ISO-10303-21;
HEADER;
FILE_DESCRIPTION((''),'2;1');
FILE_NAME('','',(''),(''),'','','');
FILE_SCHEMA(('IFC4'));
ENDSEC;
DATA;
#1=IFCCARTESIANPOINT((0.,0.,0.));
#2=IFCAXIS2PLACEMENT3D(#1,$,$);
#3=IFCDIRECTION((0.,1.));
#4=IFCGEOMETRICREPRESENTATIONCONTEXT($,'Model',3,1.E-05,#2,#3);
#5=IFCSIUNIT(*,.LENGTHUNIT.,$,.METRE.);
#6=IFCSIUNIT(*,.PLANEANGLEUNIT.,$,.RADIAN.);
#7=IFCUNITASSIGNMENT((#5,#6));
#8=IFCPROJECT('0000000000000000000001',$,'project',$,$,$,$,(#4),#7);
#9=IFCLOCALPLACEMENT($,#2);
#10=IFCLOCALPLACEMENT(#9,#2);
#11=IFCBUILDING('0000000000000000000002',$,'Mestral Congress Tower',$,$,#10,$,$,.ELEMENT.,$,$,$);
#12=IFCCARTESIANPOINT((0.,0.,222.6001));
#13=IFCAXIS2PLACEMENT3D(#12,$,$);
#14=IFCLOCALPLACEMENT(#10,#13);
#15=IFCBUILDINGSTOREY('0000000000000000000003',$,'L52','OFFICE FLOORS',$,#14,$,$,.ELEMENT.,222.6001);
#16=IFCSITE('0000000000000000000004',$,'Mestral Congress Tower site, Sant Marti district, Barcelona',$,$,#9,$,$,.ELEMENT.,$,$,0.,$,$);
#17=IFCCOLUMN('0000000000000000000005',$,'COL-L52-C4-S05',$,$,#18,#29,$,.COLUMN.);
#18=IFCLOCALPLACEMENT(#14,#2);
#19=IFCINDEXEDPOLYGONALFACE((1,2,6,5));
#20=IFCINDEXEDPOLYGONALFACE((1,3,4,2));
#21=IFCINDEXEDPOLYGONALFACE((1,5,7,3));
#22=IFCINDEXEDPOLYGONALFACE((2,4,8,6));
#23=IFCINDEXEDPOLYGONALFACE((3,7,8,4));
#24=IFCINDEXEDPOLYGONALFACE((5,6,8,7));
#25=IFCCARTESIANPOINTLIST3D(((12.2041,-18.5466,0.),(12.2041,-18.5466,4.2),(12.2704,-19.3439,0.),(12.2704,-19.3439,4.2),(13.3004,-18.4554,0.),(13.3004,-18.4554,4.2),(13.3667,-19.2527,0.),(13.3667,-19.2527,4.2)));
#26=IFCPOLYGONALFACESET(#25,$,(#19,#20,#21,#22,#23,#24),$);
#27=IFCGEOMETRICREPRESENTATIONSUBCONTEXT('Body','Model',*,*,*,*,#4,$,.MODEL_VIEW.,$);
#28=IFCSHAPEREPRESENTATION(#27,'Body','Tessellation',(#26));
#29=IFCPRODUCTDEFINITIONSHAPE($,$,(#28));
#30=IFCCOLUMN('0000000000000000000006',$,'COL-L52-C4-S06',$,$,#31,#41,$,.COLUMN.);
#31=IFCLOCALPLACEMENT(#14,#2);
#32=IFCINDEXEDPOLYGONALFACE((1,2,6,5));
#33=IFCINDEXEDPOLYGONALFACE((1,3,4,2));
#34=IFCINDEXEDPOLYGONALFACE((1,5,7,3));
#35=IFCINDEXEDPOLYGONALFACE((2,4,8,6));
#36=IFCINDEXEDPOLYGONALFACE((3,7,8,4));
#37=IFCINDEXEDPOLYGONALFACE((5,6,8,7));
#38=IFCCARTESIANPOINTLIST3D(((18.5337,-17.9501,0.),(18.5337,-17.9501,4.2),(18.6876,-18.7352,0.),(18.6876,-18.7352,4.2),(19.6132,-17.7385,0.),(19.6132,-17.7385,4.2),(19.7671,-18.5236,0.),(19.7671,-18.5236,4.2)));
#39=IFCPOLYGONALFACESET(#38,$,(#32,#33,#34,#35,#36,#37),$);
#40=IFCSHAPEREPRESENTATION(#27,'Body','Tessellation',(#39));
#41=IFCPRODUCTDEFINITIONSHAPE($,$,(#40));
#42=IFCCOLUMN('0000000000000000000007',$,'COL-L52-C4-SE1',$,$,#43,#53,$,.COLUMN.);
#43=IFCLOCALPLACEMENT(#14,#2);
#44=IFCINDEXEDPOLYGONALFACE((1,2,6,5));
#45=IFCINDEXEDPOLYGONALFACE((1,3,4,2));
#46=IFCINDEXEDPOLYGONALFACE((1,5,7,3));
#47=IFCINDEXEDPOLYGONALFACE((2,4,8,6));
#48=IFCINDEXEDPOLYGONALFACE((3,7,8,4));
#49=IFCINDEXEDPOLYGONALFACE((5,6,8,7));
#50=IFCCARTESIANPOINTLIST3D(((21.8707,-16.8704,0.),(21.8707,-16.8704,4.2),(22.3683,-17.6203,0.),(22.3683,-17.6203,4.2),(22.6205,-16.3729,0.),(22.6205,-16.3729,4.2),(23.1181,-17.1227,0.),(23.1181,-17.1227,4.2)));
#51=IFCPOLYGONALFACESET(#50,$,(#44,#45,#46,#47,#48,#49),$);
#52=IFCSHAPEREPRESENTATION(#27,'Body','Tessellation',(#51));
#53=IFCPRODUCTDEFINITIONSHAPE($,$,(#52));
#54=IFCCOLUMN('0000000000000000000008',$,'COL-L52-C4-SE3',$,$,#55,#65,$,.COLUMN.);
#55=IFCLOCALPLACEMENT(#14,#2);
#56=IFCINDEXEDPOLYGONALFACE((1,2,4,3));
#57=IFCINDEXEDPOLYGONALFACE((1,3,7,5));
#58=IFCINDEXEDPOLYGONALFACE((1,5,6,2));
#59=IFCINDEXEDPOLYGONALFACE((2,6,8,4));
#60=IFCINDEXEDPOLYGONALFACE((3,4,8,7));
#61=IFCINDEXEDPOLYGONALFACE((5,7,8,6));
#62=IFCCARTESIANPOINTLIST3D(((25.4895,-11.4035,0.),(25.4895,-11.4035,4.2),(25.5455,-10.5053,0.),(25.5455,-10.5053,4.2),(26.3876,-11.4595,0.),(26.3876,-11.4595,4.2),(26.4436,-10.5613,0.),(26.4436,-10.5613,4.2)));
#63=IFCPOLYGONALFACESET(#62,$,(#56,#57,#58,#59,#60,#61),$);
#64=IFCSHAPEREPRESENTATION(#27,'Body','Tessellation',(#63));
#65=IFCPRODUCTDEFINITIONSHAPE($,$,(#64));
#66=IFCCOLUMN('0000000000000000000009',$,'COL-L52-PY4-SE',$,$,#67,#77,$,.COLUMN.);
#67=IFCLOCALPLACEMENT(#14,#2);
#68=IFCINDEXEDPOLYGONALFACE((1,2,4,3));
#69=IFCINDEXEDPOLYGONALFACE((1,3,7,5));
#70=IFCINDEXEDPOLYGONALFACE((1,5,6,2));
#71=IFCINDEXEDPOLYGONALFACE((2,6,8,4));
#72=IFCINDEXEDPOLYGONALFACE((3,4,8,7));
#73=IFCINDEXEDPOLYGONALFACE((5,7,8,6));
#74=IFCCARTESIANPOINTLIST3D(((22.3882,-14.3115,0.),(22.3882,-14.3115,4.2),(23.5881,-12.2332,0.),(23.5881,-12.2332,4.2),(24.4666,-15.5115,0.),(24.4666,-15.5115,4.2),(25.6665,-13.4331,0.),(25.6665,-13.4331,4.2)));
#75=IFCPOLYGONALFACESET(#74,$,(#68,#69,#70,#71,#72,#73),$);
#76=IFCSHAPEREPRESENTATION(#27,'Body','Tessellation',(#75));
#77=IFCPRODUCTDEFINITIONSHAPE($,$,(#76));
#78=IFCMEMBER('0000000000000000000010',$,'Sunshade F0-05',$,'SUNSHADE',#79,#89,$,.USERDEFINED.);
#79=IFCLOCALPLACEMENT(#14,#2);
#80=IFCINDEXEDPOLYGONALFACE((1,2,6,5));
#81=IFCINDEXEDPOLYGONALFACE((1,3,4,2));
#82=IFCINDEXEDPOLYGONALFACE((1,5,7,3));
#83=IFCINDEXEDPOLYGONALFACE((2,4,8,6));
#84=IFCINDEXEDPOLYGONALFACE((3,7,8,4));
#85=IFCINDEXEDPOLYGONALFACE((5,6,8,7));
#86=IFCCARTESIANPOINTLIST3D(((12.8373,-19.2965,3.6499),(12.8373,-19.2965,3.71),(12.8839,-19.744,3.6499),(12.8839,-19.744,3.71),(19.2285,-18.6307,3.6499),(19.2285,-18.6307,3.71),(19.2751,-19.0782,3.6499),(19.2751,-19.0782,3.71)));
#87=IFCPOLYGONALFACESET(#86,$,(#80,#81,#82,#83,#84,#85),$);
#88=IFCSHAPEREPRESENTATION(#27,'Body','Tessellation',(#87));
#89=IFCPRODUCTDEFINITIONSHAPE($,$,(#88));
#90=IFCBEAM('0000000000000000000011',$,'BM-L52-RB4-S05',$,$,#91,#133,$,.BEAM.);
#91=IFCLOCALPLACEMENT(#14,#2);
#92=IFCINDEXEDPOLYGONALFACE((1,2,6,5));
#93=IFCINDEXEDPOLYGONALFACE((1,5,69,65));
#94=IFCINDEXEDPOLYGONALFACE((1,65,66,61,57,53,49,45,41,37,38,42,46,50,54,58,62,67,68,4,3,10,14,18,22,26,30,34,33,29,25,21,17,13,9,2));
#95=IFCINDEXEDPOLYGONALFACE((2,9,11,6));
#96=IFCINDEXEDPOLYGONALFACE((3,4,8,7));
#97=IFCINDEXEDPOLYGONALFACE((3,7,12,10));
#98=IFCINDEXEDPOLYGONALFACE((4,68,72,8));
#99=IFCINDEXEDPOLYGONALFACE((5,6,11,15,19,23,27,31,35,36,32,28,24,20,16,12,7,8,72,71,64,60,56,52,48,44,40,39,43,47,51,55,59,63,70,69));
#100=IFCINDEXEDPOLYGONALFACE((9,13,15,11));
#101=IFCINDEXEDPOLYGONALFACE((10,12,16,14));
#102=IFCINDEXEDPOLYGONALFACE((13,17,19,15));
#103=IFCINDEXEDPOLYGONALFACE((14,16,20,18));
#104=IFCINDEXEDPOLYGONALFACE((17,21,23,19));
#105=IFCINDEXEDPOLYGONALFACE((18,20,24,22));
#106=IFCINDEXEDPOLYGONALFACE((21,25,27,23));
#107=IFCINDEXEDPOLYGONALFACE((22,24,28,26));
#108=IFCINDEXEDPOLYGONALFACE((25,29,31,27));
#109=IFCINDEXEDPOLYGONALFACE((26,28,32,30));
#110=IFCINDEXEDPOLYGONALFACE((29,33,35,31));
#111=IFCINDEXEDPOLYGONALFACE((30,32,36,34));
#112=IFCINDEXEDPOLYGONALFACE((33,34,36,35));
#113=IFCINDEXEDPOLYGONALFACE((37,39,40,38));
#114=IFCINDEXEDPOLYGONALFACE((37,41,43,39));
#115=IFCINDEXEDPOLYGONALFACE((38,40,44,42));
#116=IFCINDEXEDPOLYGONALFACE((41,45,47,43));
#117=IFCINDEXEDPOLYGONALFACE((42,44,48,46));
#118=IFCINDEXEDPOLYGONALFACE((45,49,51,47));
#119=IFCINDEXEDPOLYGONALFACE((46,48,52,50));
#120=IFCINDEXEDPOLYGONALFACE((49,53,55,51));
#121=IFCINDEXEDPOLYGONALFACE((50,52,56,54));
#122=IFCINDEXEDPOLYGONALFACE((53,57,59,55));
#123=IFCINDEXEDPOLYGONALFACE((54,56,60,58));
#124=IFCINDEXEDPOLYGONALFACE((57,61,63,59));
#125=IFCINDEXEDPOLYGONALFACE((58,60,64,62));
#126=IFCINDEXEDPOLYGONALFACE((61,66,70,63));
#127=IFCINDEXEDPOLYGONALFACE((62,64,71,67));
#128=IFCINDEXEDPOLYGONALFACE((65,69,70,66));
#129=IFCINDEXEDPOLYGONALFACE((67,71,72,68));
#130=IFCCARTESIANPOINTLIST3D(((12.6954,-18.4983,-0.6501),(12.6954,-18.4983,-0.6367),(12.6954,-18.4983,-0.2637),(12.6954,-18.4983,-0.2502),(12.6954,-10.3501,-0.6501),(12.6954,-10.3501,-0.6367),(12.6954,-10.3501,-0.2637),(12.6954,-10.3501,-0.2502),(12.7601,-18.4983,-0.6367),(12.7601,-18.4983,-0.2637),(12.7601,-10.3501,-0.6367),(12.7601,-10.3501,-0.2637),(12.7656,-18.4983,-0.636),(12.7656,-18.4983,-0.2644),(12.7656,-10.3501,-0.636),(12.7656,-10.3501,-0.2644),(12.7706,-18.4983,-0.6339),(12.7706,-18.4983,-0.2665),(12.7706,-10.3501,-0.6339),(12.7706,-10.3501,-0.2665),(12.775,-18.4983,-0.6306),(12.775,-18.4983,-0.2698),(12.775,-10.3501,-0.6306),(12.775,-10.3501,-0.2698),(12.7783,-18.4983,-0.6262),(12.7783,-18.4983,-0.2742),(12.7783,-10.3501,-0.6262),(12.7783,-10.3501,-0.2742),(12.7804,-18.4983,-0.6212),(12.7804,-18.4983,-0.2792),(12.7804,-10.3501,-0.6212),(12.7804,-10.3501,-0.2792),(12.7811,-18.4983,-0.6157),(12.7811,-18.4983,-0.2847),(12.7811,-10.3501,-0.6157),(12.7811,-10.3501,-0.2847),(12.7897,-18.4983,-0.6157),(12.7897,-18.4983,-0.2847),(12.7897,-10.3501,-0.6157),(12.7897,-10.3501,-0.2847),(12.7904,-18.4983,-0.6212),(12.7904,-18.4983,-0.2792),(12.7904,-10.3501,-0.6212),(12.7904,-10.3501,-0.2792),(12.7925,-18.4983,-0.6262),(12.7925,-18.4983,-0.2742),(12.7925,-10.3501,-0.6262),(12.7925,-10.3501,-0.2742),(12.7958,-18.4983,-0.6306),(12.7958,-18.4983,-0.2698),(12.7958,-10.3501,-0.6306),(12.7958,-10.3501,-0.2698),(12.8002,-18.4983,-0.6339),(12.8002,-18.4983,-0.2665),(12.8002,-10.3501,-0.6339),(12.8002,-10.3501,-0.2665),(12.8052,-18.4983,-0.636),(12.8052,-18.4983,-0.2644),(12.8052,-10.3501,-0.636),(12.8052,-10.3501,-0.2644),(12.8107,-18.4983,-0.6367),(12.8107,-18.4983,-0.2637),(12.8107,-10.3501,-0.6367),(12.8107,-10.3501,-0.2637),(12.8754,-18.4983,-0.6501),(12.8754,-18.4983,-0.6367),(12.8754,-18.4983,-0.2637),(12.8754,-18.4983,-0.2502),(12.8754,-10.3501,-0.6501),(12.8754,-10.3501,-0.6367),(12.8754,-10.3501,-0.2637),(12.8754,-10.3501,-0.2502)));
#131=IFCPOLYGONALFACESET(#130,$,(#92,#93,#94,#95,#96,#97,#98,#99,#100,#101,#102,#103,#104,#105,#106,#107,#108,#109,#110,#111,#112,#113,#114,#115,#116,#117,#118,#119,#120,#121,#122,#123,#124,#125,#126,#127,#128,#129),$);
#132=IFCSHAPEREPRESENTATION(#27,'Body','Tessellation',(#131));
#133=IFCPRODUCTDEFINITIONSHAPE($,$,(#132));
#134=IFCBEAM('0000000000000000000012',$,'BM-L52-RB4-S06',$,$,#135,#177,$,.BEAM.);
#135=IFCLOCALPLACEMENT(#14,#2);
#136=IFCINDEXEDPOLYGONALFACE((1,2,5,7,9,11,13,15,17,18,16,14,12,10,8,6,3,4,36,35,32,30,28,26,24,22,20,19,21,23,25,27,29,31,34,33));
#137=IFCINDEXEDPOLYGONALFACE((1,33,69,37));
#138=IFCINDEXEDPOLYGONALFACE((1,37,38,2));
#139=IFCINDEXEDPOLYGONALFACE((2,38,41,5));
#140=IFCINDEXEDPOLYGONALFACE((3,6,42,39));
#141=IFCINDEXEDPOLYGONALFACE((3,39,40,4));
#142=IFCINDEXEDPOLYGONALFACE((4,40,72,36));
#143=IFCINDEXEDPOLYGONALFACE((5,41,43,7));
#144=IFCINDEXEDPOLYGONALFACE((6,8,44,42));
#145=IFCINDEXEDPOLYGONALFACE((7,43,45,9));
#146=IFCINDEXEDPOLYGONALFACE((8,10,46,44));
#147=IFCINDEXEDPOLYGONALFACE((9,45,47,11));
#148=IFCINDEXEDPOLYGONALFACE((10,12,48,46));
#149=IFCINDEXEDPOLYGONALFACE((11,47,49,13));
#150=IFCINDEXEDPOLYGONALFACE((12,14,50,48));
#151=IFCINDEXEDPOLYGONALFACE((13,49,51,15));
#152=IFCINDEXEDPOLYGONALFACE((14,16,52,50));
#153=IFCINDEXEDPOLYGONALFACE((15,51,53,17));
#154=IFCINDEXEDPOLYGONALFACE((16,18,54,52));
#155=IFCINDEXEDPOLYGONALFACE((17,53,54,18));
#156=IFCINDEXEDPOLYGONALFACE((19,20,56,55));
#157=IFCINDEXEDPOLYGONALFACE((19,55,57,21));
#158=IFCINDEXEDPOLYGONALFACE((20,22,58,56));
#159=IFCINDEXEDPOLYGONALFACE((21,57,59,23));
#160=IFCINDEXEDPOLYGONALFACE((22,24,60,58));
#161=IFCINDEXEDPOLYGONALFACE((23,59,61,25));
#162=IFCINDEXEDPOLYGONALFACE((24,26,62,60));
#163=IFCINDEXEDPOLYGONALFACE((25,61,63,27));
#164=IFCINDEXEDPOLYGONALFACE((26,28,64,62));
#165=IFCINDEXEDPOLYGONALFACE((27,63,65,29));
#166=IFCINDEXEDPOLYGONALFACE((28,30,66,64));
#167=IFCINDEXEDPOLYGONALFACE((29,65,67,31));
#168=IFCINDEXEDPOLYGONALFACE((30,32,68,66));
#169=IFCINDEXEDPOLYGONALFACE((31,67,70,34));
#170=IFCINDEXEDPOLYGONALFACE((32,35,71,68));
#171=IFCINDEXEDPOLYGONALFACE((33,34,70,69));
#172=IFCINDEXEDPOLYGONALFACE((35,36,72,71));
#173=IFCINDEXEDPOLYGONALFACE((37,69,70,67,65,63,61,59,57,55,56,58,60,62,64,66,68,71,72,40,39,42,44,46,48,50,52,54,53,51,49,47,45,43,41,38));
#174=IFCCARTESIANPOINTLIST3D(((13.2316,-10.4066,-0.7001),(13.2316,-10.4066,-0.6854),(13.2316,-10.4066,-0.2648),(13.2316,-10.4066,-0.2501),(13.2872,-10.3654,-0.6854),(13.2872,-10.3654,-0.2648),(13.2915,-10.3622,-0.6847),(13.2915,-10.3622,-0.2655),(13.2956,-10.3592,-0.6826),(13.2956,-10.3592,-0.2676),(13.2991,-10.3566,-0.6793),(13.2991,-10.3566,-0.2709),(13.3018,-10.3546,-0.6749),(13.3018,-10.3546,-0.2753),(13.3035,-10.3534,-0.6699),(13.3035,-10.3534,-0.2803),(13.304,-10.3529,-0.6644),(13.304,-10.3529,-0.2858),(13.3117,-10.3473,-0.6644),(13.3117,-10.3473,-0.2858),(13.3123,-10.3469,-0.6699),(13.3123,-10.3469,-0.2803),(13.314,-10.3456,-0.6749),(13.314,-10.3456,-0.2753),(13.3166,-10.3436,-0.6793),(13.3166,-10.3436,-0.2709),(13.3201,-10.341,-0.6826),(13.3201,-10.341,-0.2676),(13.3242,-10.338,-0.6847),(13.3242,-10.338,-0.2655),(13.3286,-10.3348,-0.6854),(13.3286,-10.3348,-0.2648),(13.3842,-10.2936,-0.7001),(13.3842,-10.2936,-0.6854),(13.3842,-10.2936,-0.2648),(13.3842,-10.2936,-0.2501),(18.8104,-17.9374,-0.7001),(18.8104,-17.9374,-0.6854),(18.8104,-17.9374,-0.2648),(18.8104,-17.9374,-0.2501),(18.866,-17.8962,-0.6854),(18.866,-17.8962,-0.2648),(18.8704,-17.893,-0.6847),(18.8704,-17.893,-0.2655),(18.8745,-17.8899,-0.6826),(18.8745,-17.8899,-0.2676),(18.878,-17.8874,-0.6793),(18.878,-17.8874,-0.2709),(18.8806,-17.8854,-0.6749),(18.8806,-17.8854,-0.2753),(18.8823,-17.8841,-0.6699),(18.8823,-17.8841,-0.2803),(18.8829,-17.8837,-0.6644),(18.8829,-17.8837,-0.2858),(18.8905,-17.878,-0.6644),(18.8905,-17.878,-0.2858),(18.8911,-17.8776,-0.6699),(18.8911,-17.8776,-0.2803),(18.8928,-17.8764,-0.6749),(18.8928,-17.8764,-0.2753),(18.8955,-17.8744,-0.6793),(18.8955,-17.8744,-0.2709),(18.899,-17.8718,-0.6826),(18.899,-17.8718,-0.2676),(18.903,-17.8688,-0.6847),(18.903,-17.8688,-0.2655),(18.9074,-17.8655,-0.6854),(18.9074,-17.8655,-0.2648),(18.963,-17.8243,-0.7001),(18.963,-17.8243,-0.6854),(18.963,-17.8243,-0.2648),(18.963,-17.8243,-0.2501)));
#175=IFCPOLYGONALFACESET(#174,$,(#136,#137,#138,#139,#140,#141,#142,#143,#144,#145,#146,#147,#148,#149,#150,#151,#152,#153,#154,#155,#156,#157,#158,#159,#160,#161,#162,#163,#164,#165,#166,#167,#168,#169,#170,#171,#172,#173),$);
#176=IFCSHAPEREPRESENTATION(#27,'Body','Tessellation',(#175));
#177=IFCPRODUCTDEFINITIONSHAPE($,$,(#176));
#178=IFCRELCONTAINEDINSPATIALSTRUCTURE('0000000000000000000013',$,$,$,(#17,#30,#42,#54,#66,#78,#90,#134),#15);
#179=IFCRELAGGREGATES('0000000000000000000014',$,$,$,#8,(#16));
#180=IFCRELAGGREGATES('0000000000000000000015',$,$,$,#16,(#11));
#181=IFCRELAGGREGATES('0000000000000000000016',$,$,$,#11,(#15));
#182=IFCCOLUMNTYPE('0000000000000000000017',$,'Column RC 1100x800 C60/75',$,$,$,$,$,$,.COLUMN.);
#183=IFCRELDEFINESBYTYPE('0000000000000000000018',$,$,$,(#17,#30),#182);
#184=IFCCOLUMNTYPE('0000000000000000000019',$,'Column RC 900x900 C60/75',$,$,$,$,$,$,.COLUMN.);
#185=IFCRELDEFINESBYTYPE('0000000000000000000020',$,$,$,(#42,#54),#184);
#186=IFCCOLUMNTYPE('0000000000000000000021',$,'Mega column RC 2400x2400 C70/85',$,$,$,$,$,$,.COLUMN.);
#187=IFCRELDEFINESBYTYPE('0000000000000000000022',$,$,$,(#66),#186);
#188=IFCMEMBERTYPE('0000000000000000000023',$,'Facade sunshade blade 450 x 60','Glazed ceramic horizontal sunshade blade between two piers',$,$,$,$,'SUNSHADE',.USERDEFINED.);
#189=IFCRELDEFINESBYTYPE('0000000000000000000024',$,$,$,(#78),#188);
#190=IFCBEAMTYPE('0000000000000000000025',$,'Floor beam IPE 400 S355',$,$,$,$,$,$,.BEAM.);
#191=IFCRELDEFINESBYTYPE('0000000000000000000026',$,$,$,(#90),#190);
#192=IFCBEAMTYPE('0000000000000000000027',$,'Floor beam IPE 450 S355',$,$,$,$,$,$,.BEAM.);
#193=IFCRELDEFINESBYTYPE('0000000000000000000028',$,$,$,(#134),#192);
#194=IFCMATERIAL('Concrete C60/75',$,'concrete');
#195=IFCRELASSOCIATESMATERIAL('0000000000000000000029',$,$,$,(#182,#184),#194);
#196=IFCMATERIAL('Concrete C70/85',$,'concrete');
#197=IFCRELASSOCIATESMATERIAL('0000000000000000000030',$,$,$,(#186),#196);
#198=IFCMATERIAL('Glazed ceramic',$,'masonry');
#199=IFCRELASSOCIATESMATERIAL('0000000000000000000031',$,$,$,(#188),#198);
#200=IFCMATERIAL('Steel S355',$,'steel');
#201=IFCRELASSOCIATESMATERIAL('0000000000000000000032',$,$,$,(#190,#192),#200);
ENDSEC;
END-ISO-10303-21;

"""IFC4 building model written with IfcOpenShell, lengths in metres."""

from ifc_helpers import new_model, si_unit, direction, frame, origin, origin_2d, place, context, subcontext, project, spatial, rectangle, i_section, extrude, material, material_profile, profile_set, type_object, element, save


model = new_model("IFC4")

# Units and contexts
model_context = context("Model", 3, precision=1e-05, world=origin(), true_north=direction((0.0, 1.0)))
body_context = subcontext(model_context, "Body", "Model", "MODEL_VIEW")
ifc_project = project(units=[si_unit("LENGTHUNIT", "METRE"), si_unit("PLANEANGLEUNIT", "RADIAN")], contexts=[model_context])

# Site, building, storey
site_placement = place(None, origin())
site = spatial("IfcSite", under=ifc_project, at=site_placement, Name="Mestral Congress Tower site, Sant Marti district, Barcelona", CompositionType="ELEMENT", RefElevation=0.0)
building_placement = place(site_placement, origin())
building = spatial("IfcBuilding", under=site, at=building_placement, Name="Mestral Congress Tower", CompositionType="ELEMENT")
storey_placement = place(building_placement, frame((0.0, 0.0, 222.6001)))
storey = spatial("IfcBuildingStorey", under=building, at=storey_placement, Name="L52", Description="OFFICE FLOORS", CompositionType="ELEMENT", Elevation=222.6001)

# Columns
ifc_material_1 = material(Name="Concrete C60/75", Category="concrete")
ifc_material_profile_1 = material_profile(ifc_material_1, rectangle(XDim=1.1001, YDim=0.8, at=origin_2d()), Name="RC 1100x800")
ifc_profile_set_1 = profile_set([ifc_material_profile_1], Name="Concrete C60/75")
column_type_1 = type_object("IfcColumnType", Name="Column RC 1100x800 C60/75", PredefinedType="COLUMN", material=ifc_profile_set_1)
for number, where, z_axis, x_axis, name in (
    (1, (12.7854, -18.8997, 0.0), (0.0, 0.0, 1.0), (0.996557, 0.082914, 0.0), "COL-L52-C4-S05"),
    (2, (19.1504, -18.2368, 0.0), (0.0, 0.0, 1.0), (0.981325, 0.192359, 0.0), "COL-L52-C4-S06"),
):
    element("IfcColumn", number, at=place(storey_placement, frame(where, z_axis=z_axis, x_axis=x_axis)), inside=storey, type_object=column_type_1, Name=name, PredefinedType="COLUMN", context=body_context, shape_type="SweptSolid", body=[
        extrude(rectangle(XDim=1.1001, YDim=0.8, at=origin_2d()), origin(), (0.0, 0.0, 1.0), 4.2),
    ])
ifc_material_profile_2 = material_profile(ifc_material_1, rectangle(XDim=0.8999, YDim=0.8999, at=origin_2d()), Name="RC 900x900")
ifc_profile_set_2 = profile_set([ifc_material_profile_2], Name="Concrete C60/75")
column_type_2 = type_object("IfcColumnType", Name="Column RC 900x900 C60/75", PredefinedType="COLUMN", material=ifc_profile_set_2)
for number, where, z_axis, x_axis, name in (
    (3, (22.4944, -16.9966, 0.0), (0.0, 0.0, 1.0), (0.833239, 0.552913, 0.0), "COL-L52-C4-SE1"),
    (4, (25.9666, -10.9824, 0.0), (0.0, 0.0, 1.0), (0.062217, 0.998063, 0.0), "COL-L52-C4-SE3"),
):
    element("IfcColumn", number, at=place(storey_placement, frame(where, z_axis=z_axis, x_axis=x_axis)), inside=storey, type_object=column_type_2, Name=name, PredefinedType="COLUMN", context=body_context, shape_type="SweptSolid", body=[
        extrude(rectangle(XDim=0.8999, YDim=0.8999, at=origin_2d()), origin(), (0.0, 0.0, 1.0), 4.2),
    ])
ifc_material_2 = material(Name="Concrete C70/85", Category="concrete")
ifc_material_profile_3 = material_profile(ifc_material_2, rectangle(XDim=2.3999, YDim=2.3999, at=origin_2d()), Name="RC 2400x2400")
ifc_profile_set_3 = profile_set([ifc_material_profile_3], Name="Concrete C70/85")
column_type_3 = type_object("IfcColumnType", Name="Mega column RC 2400x2400 C70/85", PredefinedType="COLUMN", material=ifc_profile_set_3)
column_placement = place(storey_placement, frame((24.0273, -13.8723, 0.0), z_axis=(0.0, 0.0, 1.0), x_axis=(0.866025, -0.5, 0.0)))
element("IfcColumn", 5, at=column_placement, inside=storey, type_object=column_type_3, Name="COL-L52-PY4-SE", PredefinedType="COLUMN", context=body_context, shape_type="SweptSolid", body=[
    extrude(rectangle(XDim=2.3999, YDim=2.3999, at=origin_2d()), origin(), (0.0, 0.0, 1.0), 4.2),
])

# Member
ifc_material_3 = material(Name="Glazed ceramic", Category="masonry")
ifc_material_profile_4 = material_profile(ifc_material_3, rectangle(XDim=0.45, YDim=0.0601, at=origin_2d()), Name="Ceramic blade 450 x 60")
ifc_profile_set_4 = profile_set([ifc_material_profile_4], Name="Glazed ceramic")
member_type = type_object("IfcMemberType", Name="Facade sunshade blade 450 x 60", Description="Glazed ceramic horizontal sunshade blade between two piers", ElementType="SUNSHADE", PredefinedType="USERDEFINED", material=ifc_profile_set_4)
member_placement = place(storey_placement, frame((12.8606, -19.5203, 3.6799), z_axis=(0.994618, 0.103611, 0.0), x_axis=(-0.103611, 0.994618, 0.0)))
element("IfcMember", 6, at=member_placement, inside=storey, type_object=member_type, Name="Sunshade F0-05", ObjectType="SUNSHADE", PredefinedType="USERDEFINED", context=body_context, shape_type="SweptSolid", body=[
    extrude(rectangle(XDim=0.45, YDim=0.0601, at=origin_2d()), origin(), (0.0, 0.0, 1.0), 6.4258),
])

# Beams
ifc_material_4 = material(Name="Steel S355", Category="steel")
ifc_material_profile_5 = material_profile(ifc_material_4, i_section(OverallWidth=0.1799, OverallDepth=0.3999, WebThickness=0.0085, FlangeThickness=0.0134, FilletRadius=0.021, at=origin_2d()), Name="IPE 400")
ifc_profile_set_5 = profile_set([ifc_material_profile_5], Name="Steel S355")
beam_type_1 = type_object("IfcBeamType", Name="Floor beam IPE 400 S355", PredefinedType="BEAM", material=ifc_profile_set_5)
beam_1_placement = place(storey_placement, frame((12.7854, -18.4983, -0.4502), z_axis=(0.0, 1.0, 0.0), x_axis=(-1.0, 0.0, 0.0)))
element("IfcBeam", 7, at=beam_1_placement, inside=storey, type_object=beam_type_1, Name="BM-L52-RB4-S05", PredefinedType="BEAM", context=body_context, shape_type="SweptSolid", body=[
    extrude(i_section(OverallWidth=0.1799, OverallDepth=0.3999, WebThickness=0.0085, FlangeThickness=0.0134, FilletRadius=0.021, at=origin_2d()), origin(), (0.0, 0.0, 1.0), 8.1482),
])
ifc_material_profile_6 = material_profile(ifc_material_4, i_section(OverallWidth=0.1899, OverallDepth=0.45, WebThickness=0.0095, FlangeThickness=0.0146, FilletRadius=0.021, at=origin_2d()), Name="IPE 450")
ifc_profile_set_6 = profile_set([ifc_material_profile_6], Name="Steel S355")
beam_type_2 = type_object("IfcBeamType", Name="Floor beam IPE 450 S355", PredefinedType="BEAM", material=ifc_profile_set_6)
beam_2_placement = place(storey_placement, frame((18.8867, -17.8809, -0.4751), z_axis=(-0.595263, 0.803531, 0.0), x_axis=(-0.803531, -0.595263, 0.0)))
element("IfcBeam", 8, at=beam_2_placement, inside=storey, type_object=beam_type_2, Name="BM-L52-RB4-S06", PredefinedType="BEAM", context=body_context, shape_type="SweptSolid", body=[
    extrude(i_section(OverallWidth=0.1899, OverallDepth=0.45, WebThickness=0.0095, FlangeThickness=0.0146, FilletRadius=0.021, at=origin_2d()), origin(), (0.0, 0.0, 1.0), 9.3721),
])

save(model, "model.ifc")
